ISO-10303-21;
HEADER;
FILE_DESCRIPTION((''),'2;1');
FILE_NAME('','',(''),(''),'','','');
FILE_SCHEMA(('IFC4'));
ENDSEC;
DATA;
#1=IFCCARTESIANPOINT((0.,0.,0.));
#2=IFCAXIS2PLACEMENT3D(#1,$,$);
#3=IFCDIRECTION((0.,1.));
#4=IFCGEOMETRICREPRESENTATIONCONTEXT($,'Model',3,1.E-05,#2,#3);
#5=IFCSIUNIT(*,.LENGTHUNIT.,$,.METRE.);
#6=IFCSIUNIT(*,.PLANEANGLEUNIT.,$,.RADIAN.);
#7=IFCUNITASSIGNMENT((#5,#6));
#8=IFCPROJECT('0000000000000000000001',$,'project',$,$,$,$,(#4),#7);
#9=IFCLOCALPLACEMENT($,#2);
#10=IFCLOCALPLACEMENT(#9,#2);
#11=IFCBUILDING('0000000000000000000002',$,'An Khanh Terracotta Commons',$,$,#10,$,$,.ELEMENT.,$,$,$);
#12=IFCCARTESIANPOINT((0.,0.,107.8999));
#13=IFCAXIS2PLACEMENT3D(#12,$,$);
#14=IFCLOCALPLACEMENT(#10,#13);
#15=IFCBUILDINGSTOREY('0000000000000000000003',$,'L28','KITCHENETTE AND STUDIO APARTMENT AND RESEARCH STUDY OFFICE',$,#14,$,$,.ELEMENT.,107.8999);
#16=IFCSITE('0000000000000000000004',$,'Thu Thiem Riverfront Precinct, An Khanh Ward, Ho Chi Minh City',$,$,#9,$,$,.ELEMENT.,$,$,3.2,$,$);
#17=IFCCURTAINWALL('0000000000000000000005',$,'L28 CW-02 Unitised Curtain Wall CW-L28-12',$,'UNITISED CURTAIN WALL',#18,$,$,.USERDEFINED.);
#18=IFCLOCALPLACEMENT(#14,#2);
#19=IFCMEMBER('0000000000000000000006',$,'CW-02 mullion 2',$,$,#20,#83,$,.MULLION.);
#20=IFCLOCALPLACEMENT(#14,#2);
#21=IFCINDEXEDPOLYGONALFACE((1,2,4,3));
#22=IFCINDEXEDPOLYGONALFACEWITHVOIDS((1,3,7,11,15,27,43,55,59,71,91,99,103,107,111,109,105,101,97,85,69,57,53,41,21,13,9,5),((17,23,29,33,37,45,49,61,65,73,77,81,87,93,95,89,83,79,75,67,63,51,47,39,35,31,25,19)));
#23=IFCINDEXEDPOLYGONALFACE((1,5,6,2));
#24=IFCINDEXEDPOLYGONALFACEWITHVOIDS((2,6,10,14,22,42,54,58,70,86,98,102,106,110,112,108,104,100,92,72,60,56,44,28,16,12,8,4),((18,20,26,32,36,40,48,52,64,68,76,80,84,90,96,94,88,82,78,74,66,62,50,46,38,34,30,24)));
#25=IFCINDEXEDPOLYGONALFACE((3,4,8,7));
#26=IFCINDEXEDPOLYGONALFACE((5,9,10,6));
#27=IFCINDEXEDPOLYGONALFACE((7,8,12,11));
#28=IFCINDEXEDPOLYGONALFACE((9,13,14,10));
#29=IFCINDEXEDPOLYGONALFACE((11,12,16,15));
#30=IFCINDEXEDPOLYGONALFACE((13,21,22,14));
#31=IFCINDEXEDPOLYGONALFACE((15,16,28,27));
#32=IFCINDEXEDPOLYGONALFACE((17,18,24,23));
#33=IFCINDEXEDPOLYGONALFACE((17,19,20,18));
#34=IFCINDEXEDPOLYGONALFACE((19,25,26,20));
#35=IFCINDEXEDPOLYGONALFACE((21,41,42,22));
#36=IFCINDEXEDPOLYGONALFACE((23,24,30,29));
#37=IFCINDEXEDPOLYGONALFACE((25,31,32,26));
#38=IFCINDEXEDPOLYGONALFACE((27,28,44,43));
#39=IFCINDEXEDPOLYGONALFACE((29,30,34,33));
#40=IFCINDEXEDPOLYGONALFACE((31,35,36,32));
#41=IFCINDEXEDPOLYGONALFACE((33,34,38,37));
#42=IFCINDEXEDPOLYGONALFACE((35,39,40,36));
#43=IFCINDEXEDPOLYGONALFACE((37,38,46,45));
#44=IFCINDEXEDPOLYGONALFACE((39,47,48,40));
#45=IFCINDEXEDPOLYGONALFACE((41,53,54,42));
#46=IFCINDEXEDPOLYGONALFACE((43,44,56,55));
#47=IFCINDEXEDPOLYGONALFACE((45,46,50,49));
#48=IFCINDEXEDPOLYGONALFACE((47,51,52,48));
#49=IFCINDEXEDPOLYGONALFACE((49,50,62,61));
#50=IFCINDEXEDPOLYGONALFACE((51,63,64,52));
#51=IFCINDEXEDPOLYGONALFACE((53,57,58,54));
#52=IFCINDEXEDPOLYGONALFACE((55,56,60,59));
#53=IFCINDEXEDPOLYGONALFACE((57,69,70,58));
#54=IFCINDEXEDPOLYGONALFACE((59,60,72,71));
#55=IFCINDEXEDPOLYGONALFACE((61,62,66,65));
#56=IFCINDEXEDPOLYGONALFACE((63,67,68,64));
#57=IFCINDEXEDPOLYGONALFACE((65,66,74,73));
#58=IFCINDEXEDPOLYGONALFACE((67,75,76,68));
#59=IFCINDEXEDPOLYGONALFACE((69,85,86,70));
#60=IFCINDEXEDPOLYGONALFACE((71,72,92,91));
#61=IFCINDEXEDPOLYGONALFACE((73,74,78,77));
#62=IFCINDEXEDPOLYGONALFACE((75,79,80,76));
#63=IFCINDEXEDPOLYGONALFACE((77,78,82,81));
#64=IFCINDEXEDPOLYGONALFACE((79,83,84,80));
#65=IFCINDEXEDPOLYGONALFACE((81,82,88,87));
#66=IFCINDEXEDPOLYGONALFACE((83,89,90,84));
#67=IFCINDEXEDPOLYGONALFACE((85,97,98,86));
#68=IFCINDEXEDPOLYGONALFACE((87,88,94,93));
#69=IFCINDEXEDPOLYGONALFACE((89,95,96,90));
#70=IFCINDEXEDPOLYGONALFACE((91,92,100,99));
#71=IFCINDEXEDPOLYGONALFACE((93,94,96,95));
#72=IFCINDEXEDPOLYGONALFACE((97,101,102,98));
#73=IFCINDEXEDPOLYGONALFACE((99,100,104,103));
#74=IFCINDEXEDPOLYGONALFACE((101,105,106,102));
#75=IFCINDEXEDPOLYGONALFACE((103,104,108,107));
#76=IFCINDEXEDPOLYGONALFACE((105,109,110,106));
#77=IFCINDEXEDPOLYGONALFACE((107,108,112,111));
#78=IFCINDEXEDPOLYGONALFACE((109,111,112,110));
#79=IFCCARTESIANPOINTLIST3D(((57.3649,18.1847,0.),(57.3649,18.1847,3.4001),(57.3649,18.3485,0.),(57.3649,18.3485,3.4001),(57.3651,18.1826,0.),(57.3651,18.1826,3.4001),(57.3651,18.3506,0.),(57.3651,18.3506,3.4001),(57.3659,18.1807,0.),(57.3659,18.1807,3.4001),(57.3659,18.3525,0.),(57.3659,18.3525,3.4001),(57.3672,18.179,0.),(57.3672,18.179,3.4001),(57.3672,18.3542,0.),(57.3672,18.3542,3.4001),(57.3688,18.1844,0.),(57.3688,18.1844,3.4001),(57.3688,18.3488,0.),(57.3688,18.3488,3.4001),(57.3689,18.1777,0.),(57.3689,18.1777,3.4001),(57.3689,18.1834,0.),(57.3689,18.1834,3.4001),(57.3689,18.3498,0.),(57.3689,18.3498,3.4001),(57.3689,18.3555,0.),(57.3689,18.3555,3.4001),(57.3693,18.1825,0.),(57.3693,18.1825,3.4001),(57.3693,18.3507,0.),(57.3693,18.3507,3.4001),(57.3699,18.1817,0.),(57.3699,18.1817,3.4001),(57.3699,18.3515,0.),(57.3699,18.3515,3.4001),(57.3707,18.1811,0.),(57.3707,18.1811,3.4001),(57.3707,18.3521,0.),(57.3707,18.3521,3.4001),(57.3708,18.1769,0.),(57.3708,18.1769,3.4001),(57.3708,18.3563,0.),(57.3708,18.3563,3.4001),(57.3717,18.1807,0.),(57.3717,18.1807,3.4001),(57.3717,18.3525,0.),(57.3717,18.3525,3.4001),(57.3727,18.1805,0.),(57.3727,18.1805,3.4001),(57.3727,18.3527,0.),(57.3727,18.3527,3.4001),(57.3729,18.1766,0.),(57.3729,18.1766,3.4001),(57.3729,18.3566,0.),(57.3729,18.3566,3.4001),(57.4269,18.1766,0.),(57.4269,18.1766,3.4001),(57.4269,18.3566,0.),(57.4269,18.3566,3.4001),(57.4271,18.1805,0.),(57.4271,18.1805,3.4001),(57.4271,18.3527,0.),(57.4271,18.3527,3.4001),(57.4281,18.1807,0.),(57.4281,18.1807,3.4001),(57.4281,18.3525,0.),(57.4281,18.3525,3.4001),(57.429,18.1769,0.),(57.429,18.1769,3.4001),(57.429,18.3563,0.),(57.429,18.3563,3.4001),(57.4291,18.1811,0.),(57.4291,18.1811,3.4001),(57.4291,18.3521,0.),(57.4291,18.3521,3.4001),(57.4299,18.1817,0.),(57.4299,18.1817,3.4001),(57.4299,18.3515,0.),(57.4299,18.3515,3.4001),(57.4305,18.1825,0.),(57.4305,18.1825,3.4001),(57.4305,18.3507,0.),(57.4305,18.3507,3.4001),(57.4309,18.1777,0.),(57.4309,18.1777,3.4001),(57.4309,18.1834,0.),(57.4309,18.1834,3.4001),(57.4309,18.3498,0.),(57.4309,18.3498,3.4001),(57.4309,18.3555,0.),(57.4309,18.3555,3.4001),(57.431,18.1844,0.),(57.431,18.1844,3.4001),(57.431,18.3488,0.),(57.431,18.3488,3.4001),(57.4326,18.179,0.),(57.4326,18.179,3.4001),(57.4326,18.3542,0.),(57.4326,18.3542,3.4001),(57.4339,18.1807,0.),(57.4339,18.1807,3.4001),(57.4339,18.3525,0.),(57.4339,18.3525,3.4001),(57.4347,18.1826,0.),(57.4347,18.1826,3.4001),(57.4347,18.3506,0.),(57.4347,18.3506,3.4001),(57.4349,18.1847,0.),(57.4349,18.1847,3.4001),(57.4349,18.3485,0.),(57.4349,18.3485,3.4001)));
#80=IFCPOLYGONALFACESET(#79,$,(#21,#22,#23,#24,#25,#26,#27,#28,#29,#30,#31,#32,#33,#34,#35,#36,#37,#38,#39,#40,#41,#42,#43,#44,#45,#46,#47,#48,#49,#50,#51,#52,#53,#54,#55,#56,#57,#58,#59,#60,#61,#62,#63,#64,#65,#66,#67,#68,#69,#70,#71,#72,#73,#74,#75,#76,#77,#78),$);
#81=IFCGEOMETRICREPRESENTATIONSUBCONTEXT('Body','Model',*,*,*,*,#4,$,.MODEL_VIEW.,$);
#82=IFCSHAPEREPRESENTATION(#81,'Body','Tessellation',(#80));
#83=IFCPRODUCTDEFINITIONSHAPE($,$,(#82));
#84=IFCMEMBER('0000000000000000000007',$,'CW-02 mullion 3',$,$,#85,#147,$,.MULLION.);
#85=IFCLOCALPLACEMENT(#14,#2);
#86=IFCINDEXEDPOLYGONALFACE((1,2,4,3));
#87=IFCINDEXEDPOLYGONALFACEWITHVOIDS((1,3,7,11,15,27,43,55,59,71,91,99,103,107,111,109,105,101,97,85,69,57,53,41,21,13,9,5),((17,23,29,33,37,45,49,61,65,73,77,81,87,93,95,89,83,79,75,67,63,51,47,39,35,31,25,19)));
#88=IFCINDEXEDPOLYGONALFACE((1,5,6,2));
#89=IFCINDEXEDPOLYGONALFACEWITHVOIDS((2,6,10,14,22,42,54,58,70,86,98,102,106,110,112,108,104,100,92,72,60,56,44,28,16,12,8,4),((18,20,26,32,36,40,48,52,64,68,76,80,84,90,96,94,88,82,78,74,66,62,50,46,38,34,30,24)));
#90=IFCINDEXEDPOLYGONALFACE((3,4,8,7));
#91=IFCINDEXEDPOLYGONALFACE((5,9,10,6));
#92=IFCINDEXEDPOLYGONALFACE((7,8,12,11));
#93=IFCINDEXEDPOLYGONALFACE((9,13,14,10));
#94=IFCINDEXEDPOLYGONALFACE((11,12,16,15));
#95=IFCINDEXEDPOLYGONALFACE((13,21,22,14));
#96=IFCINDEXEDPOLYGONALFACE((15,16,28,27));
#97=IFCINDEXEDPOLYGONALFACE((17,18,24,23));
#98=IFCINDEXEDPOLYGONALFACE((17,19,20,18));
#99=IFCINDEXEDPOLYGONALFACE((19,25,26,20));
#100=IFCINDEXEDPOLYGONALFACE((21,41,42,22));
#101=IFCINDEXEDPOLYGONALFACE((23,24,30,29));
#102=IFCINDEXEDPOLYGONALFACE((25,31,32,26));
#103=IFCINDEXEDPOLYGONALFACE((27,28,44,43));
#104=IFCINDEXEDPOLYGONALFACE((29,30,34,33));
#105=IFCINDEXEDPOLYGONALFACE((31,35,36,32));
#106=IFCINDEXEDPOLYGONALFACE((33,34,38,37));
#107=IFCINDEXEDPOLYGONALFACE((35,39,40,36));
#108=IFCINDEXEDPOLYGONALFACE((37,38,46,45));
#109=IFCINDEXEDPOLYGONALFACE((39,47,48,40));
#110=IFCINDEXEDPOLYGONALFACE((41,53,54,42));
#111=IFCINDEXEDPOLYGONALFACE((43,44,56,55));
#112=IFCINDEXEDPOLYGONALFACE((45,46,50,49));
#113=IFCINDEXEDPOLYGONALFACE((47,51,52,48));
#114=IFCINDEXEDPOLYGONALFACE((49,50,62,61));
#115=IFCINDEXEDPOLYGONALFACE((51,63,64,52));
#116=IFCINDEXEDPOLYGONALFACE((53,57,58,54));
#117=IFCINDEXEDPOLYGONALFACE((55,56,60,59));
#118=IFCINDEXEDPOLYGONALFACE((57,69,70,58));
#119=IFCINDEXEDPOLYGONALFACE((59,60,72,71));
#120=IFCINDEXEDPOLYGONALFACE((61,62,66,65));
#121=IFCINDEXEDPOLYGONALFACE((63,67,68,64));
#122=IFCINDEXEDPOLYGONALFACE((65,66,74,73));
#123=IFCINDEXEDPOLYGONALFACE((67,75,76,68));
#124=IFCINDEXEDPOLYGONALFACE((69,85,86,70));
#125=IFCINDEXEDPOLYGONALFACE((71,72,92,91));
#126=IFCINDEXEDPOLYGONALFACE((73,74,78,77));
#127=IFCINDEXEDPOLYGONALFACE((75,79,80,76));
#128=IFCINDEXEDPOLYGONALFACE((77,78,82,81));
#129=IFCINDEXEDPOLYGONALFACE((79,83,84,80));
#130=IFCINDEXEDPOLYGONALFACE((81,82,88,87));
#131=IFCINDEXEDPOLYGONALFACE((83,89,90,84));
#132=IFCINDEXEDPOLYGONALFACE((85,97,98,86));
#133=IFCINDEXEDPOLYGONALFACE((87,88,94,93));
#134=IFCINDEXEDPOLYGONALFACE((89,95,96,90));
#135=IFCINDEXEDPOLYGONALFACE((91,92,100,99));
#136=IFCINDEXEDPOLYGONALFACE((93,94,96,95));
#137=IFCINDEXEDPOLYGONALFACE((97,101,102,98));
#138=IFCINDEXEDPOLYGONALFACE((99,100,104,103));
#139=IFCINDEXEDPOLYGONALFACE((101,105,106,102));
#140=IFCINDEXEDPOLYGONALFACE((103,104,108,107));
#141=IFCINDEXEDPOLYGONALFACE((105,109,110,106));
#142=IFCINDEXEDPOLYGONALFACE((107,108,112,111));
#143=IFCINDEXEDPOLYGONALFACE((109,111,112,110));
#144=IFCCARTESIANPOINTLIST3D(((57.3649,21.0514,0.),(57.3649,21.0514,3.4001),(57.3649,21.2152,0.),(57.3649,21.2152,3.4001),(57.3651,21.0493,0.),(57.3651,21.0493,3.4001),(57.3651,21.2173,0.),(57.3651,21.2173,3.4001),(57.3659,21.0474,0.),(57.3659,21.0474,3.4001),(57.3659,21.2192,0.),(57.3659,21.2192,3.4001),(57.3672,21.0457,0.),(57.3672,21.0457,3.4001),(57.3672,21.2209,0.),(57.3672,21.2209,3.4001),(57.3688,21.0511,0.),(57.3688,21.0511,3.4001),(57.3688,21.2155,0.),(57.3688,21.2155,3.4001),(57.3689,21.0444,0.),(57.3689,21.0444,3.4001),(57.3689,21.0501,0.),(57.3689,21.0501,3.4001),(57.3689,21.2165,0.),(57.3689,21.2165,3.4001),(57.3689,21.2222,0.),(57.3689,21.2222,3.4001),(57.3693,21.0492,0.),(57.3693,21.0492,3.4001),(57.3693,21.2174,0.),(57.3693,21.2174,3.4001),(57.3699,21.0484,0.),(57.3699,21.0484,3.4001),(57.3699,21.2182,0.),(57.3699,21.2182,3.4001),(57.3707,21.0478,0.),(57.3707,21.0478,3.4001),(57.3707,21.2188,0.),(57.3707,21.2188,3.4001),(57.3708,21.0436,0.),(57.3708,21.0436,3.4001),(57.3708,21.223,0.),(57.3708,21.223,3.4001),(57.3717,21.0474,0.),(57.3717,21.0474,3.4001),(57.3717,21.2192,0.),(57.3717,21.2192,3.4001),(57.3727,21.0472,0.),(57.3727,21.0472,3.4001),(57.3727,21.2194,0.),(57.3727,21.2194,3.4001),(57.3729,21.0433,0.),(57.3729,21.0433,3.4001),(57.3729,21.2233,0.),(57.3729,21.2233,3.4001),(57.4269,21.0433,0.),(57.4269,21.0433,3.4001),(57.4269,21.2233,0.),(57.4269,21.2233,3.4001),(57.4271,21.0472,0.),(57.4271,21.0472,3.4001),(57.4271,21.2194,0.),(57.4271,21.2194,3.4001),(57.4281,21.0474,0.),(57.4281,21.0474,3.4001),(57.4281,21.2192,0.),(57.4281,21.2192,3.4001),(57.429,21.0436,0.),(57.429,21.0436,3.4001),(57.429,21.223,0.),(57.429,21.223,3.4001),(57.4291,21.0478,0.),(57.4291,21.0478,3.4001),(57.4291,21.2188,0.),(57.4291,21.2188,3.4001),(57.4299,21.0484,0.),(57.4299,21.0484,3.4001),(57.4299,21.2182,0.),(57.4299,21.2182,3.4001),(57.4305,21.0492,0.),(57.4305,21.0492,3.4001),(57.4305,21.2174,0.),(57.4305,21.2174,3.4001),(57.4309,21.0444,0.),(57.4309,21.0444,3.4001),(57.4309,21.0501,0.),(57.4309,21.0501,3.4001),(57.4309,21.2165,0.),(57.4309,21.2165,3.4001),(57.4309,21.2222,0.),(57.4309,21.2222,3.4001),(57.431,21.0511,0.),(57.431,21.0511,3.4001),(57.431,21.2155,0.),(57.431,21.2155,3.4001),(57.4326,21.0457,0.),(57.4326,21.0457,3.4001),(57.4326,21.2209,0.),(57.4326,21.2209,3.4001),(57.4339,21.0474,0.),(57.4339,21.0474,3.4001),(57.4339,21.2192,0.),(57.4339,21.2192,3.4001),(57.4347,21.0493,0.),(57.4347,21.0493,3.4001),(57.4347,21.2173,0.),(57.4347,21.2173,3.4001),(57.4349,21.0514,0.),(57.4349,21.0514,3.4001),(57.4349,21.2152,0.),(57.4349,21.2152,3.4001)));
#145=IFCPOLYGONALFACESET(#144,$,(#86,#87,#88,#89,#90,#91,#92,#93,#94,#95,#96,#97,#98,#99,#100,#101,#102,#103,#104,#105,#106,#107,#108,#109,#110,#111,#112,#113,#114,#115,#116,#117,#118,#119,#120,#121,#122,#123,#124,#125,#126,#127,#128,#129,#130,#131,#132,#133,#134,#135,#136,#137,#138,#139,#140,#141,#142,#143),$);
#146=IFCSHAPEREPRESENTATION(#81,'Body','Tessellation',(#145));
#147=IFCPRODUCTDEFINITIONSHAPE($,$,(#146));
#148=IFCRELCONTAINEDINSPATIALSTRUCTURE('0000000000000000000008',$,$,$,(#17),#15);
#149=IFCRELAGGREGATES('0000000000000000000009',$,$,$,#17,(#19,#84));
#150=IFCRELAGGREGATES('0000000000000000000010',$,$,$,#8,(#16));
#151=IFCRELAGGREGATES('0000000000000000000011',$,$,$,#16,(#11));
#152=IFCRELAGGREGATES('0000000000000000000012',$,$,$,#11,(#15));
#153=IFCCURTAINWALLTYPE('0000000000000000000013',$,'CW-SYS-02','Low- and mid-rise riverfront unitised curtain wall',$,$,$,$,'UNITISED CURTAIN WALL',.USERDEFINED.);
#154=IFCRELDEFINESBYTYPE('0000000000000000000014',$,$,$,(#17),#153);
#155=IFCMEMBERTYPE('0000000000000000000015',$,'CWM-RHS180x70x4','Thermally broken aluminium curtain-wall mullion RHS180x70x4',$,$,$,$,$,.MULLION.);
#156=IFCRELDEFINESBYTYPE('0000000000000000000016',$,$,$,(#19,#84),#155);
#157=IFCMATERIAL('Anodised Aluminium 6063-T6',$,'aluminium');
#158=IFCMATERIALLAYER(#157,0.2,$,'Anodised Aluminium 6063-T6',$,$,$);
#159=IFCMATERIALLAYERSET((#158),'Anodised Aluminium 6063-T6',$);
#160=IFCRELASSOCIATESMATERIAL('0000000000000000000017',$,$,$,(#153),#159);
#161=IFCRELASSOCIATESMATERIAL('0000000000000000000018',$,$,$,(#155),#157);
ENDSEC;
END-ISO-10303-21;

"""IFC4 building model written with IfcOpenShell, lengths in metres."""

from ifc_helpers import new_model, si_unit, direction, frame, origin, origin_2d, place, context, subcontext, project, spatial, hollow_rectangle, extrude, material, layer, layer_set, material_profile, profile_set, type_object, element, aggregate, save


model = new_model("IFC4")

# Units and contexts
model_context = context("Model", 3, precision=1e-05, world=origin(), true_north=direction((0.0, 1.0)))
body_context = subcontext(model_context, "Body", "Model", "MODEL_VIEW")
ifc_project = project(units=[si_unit("LENGTHUNIT", "METRE"), si_unit("PLANEANGLEUNIT", "RADIAN")], contexts=[model_context])

# Site, building, storey
site_placement = place(None, origin())
site = spatial("IfcSite", under=ifc_project, at=site_placement, Name="Thu Thiem Riverfront Precinct, An Khanh Ward, Ho Chi Minh City", CompositionType="ELEMENT", RefElevation=3.2)
building_placement = place(site_placement, origin())
building = spatial("IfcBuilding", under=site, at=building_placement, Name="An Khanh Terracotta Commons", CompositionType="ELEMENT")
storey_placement = place(building_placement, frame((0.0, 0.0, 107.8999)))
storey = spatial("IfcBuildingStorey", under=building, at=storey_placement, Name="L28", Description="KITCHENETTE AND STUDIO APARTMENT AND RESEARCH STUDY OFFICE", CompositionType="ELEMENT", Elevation=107.8999)

# Curtain wall, members
ifc_material_1 = material(Name="Anodised Aluminium 6063-T6", Category="aluminium")
ifc_layer_1 = layer(ifc_material_1, 0.2, Name="Anodised Aluminium 6063-T6")
ifc_layer_set_1 = layer_set([ifc_layer_1], Name="Anodised Aluminium 6063-T6")
curtain_wall_type = type_object("IfcCurtainWallType", Name="CW-SYS-02", Description="Low- and mid-rise riverfront unitised curtain wall", ElementType="UNITISED CURTAIN WALL", PredefinedType="USERDEFINED", material=ifc_layer_set_1)
ifc_material_profile_1 = material_profile(ifc_material_1, hollow_rectangle(XDim=0.0701, YDim=0.1799, WallThickness=0.0039, InnerFilletRadius=0.0039, OuterFilletRadius=0.0081, at=origin_2d()), Name="RHS180x70x4")
ifc_profile_set_1 = profile_set([ifc_material_profile_1], Name="Anodised Aluminium 6063-T6")
member_type_1 = type_object("IfcMemberType", Name="CWM-RHS180x70x4", Description="Thermally broken aluminium curtain-wall mullion RHS180x70x4", PredefinedType="MULLION", material=ifc_profile_set_1)
curtain_wall_1_placement = place(storey_placement, origin())
curtain_wall_1 = element("IfcCurtainWall", 1, at=curtain_wall_1_placement, inside=storey, type_object=curtain_wall_type, Name="L28 CW-02 Unitised Curtain Wall CW-L28-12", ObjectType="UNITISED CURTAIN WALL", PredefinedType="USERDEFINED")
member_1_placement = place(storey_placement, frame((57.3999, 18.2666, 0.0), z_axis=(0.0, 0.0, 1.0), x_axis=(-1.0, 0.0, 0.0)))
member_1 = element("IfcMember", 2, at=member_1_placement, type_object=member_type_1, Name="CW-02 mullion 2", PredefinedType="MULLION", context=body_context, shape_type="SweptSolid", body=[
    extrude(hollow_rectangle(XDim=0.0701, YDim=0.1799, WallThickness=0.0039, InnerFilletRadius=0.0039, OuterFilletRadius=0.0081, at=origin_2d()), origin(), (0.0, 0.0, 1.0), 3.4001),
])
member_2_placement = place(storey_placement, frame((57.3999, 21.1333, 0.0), z_axis=(0.0, 0.0, 1.0), x_axis=(-1.0, 0.0, 0.0)))
member_2 = element("IfcMember", 3, at=member_2_placement, type_object=member_type_1, Name="CW-02 mullion 3", PredefinedType="MULLION", context=body_context, shape_type="SweptSolid", body=[
    extrude(hollow_rectangle(XDim=0.0701, YDim=0.1799, WallThickness=0.0039, InnerFilletRadius=0.0039, OuterFilletRadius=0.0081, at=origin_2d()), origin(), (0.0, 0.0, 1.0), 3.4001),
])

aggregate(curtain_wall_1, [member_1, member_2])

save(model, "model.ifc")
